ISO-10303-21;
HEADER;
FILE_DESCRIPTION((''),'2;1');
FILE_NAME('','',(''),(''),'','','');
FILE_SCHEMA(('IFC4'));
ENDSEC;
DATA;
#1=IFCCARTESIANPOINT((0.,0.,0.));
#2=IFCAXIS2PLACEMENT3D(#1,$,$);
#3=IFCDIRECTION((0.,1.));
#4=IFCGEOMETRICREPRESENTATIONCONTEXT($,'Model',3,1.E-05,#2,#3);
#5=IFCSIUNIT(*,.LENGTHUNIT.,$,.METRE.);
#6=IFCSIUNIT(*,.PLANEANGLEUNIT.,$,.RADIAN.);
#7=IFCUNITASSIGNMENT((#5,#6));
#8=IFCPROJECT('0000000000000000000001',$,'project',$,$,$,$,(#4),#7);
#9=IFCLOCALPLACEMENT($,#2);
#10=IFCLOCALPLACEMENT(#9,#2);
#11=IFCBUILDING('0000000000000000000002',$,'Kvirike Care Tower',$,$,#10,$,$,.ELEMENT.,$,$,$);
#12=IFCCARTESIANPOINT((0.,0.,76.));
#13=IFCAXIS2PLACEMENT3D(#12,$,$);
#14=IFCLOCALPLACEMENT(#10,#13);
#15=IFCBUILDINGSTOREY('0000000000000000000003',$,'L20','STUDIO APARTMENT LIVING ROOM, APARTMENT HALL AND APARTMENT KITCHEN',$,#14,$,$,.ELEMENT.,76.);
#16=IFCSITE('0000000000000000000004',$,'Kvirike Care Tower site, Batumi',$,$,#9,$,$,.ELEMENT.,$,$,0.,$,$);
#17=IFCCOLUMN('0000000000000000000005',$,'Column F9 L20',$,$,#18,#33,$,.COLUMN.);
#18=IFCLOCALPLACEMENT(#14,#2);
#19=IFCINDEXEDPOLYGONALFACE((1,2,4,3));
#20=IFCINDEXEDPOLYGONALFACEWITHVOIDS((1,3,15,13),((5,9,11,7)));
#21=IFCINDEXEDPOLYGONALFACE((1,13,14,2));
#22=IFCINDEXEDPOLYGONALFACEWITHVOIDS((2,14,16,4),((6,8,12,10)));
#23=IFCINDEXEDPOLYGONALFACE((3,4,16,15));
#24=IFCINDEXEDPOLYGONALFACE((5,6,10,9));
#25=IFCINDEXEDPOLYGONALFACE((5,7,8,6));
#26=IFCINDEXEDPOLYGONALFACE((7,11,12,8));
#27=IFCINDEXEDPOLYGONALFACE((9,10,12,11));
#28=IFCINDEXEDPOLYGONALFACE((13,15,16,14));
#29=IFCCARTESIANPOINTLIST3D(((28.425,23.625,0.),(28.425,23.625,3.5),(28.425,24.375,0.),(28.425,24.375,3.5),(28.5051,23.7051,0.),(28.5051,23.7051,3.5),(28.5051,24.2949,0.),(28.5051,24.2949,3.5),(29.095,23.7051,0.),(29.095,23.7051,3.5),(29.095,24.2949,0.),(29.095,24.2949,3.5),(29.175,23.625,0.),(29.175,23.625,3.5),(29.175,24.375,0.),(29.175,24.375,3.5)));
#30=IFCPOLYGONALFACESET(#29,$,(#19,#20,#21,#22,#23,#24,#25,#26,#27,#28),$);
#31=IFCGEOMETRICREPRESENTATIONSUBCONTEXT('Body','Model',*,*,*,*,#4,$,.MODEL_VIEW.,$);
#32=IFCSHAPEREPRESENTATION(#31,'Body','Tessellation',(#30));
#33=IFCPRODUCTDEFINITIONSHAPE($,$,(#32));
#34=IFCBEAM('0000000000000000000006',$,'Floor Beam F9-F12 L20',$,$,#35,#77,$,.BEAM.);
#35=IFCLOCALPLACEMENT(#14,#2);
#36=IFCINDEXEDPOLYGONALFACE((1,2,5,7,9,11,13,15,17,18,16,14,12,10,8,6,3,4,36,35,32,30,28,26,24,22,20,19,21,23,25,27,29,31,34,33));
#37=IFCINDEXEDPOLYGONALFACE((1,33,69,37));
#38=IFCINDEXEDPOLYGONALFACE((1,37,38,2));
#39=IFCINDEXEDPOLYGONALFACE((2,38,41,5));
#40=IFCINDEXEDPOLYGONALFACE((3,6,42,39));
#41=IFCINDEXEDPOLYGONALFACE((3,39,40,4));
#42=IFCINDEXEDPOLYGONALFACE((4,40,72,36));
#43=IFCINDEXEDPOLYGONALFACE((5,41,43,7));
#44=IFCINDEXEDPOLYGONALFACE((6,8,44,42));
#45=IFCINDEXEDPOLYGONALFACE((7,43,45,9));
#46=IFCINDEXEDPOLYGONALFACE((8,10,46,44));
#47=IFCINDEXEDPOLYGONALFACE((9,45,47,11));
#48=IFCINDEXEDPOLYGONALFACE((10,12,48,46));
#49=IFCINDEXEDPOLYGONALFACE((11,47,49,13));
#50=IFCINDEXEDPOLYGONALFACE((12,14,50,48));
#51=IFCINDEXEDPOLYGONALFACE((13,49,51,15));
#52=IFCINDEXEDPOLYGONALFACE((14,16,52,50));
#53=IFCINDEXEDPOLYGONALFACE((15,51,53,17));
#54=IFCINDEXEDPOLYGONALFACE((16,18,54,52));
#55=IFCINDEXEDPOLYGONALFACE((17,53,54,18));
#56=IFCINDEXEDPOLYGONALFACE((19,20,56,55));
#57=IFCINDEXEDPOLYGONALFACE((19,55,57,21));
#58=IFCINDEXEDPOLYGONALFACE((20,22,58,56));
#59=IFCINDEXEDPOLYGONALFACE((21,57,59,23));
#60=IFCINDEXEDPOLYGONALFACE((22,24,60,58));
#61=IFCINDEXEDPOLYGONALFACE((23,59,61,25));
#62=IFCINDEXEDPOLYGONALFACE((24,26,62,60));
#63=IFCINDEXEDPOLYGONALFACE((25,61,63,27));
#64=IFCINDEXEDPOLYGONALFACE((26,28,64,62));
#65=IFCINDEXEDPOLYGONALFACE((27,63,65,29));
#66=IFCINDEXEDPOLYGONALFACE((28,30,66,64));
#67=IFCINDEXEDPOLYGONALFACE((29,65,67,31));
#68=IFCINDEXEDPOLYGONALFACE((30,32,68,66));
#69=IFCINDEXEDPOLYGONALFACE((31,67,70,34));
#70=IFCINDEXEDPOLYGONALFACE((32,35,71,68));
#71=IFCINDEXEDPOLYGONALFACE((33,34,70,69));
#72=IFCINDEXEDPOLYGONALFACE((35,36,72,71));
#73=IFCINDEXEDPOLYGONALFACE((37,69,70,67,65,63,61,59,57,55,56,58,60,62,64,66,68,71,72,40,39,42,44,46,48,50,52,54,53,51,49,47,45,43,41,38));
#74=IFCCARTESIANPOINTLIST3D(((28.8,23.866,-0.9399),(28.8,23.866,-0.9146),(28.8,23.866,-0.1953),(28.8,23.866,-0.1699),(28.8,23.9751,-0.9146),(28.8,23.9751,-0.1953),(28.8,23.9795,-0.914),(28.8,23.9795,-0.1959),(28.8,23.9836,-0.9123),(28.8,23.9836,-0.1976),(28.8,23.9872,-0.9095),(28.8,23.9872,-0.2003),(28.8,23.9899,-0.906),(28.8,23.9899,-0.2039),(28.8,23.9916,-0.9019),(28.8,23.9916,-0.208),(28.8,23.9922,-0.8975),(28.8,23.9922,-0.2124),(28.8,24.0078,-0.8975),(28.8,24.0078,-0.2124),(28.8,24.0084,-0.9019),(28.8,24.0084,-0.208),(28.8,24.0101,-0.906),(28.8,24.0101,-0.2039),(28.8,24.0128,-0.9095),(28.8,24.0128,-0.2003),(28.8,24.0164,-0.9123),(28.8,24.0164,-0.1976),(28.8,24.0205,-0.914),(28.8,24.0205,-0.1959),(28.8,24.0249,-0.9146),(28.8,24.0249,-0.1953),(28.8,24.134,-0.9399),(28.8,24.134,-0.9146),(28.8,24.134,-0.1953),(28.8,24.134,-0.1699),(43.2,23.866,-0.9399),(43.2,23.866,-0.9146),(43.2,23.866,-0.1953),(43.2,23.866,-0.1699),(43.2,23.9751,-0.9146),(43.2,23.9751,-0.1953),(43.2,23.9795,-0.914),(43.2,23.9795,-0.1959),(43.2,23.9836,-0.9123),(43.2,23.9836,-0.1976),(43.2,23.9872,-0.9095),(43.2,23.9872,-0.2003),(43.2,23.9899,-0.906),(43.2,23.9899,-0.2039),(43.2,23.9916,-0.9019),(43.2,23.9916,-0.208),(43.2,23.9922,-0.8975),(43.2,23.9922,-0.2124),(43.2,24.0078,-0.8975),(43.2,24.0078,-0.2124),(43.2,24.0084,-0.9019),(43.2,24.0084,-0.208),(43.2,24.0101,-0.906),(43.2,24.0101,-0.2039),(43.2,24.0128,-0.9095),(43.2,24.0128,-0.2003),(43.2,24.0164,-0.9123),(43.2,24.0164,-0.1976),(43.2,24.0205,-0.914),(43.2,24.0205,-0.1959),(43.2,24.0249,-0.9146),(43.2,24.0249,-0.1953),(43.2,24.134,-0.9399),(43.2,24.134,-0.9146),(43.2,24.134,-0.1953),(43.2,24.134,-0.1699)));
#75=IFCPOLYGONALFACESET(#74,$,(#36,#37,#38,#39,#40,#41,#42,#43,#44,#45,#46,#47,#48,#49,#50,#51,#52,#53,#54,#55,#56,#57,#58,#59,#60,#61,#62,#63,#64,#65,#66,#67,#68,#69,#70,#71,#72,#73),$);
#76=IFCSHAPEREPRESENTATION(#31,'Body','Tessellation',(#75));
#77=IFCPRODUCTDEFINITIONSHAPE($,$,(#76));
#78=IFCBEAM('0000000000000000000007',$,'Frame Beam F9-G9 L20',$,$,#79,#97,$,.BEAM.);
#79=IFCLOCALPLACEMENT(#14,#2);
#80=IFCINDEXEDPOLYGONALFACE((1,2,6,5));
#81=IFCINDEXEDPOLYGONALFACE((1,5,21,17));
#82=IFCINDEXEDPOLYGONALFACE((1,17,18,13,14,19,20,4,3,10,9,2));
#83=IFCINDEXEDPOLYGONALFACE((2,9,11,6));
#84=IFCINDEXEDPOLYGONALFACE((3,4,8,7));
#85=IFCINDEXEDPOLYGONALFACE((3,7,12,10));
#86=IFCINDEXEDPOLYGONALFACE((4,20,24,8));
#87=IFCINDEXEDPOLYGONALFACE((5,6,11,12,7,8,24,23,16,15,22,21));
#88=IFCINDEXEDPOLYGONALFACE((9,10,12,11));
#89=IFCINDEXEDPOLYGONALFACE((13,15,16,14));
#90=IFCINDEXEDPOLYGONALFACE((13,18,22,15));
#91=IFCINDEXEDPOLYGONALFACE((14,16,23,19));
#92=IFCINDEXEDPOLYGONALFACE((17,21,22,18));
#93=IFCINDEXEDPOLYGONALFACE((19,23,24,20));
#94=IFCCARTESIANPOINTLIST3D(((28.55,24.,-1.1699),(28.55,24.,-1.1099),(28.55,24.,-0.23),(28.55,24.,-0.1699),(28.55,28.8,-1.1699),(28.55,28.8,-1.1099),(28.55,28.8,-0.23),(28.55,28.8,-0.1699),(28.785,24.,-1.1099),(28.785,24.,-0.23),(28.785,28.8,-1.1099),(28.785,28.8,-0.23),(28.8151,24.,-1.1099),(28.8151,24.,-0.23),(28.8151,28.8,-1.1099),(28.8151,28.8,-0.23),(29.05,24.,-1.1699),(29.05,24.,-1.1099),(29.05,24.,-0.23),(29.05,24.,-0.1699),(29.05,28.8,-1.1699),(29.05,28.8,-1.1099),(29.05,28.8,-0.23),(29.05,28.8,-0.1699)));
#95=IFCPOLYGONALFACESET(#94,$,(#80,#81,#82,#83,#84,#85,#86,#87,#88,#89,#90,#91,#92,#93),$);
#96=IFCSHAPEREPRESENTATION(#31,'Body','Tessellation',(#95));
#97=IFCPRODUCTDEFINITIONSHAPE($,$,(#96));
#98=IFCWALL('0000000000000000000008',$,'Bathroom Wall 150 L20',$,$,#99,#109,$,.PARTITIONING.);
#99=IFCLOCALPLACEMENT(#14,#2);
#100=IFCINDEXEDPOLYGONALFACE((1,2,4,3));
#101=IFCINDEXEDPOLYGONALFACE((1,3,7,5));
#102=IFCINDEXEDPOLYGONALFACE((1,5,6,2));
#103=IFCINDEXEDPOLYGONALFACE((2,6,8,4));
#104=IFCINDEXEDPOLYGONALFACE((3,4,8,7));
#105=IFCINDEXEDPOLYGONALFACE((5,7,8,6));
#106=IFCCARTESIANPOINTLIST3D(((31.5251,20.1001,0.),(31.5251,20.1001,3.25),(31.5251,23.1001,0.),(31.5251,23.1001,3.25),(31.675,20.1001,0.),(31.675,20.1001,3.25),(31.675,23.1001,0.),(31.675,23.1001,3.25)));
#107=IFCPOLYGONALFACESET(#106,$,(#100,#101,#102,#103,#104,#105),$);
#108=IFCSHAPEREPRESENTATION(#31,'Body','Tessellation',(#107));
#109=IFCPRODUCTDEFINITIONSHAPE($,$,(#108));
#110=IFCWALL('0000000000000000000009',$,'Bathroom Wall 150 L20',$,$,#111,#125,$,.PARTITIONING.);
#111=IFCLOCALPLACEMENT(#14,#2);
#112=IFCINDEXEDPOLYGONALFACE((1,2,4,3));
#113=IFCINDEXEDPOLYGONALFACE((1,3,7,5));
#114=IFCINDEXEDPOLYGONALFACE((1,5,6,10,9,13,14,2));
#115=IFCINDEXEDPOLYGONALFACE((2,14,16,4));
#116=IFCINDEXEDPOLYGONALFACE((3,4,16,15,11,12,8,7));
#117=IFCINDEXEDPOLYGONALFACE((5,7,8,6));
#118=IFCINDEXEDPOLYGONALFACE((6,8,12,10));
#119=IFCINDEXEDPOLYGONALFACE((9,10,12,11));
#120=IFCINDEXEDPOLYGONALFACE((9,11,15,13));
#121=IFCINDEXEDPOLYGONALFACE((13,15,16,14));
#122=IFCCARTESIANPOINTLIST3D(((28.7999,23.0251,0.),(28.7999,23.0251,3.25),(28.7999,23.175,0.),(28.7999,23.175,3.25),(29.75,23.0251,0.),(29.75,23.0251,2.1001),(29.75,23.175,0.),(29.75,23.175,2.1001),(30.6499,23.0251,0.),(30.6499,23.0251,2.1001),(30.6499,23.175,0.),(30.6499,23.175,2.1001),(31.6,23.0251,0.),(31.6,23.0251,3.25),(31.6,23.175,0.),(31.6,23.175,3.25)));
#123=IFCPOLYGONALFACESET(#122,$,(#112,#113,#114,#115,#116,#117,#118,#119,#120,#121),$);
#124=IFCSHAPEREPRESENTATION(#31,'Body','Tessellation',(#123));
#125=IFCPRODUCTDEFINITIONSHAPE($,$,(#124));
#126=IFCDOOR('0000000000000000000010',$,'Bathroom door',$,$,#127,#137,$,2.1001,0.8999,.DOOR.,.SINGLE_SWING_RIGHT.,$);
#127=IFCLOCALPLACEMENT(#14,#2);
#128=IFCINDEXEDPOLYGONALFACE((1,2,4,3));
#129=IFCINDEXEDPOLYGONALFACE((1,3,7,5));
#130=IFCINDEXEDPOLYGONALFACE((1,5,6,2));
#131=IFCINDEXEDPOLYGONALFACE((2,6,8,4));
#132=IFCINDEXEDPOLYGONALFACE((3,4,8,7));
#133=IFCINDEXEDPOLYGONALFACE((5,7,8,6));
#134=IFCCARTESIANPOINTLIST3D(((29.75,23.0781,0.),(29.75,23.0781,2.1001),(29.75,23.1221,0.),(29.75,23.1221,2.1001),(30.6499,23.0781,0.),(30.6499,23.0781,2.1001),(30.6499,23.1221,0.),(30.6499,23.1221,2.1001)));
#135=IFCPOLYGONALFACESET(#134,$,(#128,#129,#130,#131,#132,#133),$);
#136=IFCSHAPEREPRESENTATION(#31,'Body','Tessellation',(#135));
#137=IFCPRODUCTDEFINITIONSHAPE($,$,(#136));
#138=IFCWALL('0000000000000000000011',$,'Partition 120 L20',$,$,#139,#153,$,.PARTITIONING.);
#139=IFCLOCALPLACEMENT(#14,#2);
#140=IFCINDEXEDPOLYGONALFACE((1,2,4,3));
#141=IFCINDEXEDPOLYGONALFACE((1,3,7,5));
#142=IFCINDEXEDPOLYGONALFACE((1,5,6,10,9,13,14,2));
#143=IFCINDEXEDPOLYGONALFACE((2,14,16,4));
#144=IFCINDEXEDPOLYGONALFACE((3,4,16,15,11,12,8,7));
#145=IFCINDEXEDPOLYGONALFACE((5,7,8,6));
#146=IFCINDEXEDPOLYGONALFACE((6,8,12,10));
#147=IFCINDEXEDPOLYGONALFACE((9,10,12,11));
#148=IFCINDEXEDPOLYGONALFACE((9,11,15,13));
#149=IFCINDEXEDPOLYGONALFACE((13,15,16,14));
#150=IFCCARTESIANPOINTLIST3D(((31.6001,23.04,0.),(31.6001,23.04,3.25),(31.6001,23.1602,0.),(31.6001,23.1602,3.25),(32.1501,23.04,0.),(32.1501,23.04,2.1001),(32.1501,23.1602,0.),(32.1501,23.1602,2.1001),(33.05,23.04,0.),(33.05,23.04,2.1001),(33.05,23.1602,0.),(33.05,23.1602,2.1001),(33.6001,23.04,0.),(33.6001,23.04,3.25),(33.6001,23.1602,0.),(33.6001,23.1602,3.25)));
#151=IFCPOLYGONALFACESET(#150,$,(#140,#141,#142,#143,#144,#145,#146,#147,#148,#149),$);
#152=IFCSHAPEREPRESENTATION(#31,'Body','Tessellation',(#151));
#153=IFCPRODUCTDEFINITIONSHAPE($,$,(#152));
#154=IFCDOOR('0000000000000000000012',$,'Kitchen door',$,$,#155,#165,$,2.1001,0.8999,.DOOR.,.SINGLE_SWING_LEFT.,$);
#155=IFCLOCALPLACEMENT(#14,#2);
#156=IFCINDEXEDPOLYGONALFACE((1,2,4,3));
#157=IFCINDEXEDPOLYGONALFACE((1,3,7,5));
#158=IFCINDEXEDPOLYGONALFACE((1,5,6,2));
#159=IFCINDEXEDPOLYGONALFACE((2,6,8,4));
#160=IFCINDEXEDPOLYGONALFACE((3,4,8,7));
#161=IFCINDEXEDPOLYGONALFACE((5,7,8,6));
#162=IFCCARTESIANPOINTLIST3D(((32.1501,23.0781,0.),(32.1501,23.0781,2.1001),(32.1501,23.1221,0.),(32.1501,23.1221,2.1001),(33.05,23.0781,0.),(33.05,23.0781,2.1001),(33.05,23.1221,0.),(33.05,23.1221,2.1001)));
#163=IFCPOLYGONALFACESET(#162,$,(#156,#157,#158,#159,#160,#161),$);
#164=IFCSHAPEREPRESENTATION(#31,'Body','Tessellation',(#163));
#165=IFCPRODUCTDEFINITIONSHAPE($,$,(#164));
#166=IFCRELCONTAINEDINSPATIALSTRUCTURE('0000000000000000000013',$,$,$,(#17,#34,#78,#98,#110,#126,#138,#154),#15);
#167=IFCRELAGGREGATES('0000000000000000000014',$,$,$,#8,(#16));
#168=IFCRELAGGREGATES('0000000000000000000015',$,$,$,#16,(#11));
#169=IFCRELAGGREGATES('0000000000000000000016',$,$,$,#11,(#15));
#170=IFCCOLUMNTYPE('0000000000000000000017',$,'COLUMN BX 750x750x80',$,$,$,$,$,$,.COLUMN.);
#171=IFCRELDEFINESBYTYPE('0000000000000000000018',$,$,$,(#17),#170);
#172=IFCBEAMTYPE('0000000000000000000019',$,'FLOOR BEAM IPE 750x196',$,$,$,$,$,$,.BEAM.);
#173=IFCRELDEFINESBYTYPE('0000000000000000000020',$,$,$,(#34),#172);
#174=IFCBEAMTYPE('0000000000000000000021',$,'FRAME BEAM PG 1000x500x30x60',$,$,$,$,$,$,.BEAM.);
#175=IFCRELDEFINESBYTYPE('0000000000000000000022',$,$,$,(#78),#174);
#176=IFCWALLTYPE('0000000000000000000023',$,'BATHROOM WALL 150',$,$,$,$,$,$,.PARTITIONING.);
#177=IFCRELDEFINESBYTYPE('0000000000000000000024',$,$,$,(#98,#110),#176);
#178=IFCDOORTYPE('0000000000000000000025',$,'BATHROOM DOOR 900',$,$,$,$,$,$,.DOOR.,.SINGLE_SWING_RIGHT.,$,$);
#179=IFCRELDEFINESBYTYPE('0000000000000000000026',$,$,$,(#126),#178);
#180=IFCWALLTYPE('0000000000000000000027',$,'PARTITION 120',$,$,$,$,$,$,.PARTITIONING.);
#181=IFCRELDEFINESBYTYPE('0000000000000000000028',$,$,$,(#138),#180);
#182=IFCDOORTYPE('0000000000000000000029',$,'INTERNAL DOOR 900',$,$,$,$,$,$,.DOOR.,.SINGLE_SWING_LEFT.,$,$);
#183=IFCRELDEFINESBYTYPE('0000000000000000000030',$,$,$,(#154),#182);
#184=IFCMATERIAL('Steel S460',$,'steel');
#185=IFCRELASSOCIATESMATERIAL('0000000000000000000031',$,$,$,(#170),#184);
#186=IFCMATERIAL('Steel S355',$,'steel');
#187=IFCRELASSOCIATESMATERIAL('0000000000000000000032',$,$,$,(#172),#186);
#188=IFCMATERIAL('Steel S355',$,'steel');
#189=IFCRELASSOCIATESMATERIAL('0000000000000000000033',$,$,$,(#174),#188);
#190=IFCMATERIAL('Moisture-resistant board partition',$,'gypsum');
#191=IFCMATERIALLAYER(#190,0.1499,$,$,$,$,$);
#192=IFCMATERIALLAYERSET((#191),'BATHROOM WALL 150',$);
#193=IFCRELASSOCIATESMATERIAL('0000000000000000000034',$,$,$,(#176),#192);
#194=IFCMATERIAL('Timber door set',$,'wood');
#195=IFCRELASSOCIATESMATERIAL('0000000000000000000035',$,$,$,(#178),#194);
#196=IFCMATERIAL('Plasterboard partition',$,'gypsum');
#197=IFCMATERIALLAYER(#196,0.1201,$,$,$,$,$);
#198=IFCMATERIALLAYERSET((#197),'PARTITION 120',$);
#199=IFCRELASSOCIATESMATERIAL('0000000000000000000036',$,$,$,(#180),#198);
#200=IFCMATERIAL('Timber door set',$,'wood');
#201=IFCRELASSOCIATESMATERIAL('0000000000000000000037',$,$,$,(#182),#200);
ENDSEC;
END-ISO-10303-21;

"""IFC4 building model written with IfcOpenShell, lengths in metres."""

from ifc_helpers import new_model, si_unit, direction, frame, frame_2d, origin, origin_2d, place, context, subcontext, project, spatial, rectangle, hollow_rectangle, i_section, extrude, material, layer, layer_set, material_profile, profile_set, type_object, element, fill, save


model = new_model("IFC4")

# Units and contexts
model_context = context("Model", 3, precision=1e-05, world=origin(), true_north=direction((0.0, 1.0)))
body_context = subcontext(model_context, "Body", "Model", "MODEL_VIEW")
ifc_project = project(units=[si_unit("LENGTHUNIT", "METRE"), si_unit("PLANEANGLEUNIT", "RADIAN")], contexts=[model_context])

# Site, building, storey
site_placement = place(None, origin())
site = spatial("IfcSite", under=ifc_project, at=site_placement, Name="Kvirike Care Tower site, Batumi", CompositionType="ELEMENT", RefElevation=0.0)
building_placement = place(site_placement, origin())
building = spatial("IfcBuilding", under=site, at=building_placement, Name="Kvirike Care Tower", CompositionType="ELEMENT")
storey_placement = place(building_placement, frame((0.0, 0.0, 76.0)))
storey = spatial("IfcBuildingStorey", under=building, at=storey_placement, Name="L20", Description="STUDIO APARTMENT LIVING ROOM, APARTMENT HALL AND APARTMENT KITCHEN", CompositionType="ELEMENT", Elevation=76.0)

# Column
ifc_material_1 = material(Name="Steel S460", Category="steel")
ifc_material_profile_1 = material_profile(ifc_material_1, hollow_rectangle(XDim=0.75, YDim=0.75, WallThickness=0.0801, at=origin_2d()), Name="BX 750x750x80")
ifc_profile_set_1 = profile_set([ifc_material_profile_1], Name="Steel S460")
column_type = type_object("IfcColumnType", Name="COLUMN BX 750x750x80", PredefinedType="COLUMN", material=ifc_profile_set_1)
column_placement = place(storey_placement, frame((28.8, 24.0, 0.0), z_axis=(0.0, 0.0, 1.0), x_axis=(1.0, 0.0, 0.0)))
element("IfcColumn", 1, at=column_placement, inside=storey, type_object=column_type, Name="Column F9 L20", PredefinedType="COLUMN", context=body_context, shape_type="SweptSolid", body=[
    extrude(hollow_rectangle(XDim=0.75, YDim=0.75, WallThickness=0.0801, at=origin_2d()), origin(), (0.0, 0.0, 1.0), 3.5),
])

# Beams
ifc_material_2 = material(Name="Steel S355", Category="steel")
ifc_material_profile_2 = material_profile(ifc_material_2, i_section(OverallWidth=0.2681, OverallDepth=0.77, WebThickness=0.0156, FlangeThickness=0.0254, FilletRadius=0.0171, at=origin_2d()), Name="IPE 750x196")
ifc_profile_set_2 = profile_set([ifc_material_profile_2], Name="Steel S355")
beam_type_1 = type_object("IfcBeamType", Name="FLOOR BEAM IPE 750x196", PredefinedType="BEAM", material=ifc_profile_set_2)
beam_1_placement = place(storey_placement, frame((28.8, 24.0, -0.5549), z_axis=(1.0, 0.0, 0.0), x_axis=(0.0, 1.0, 0.0)))
element("IfcBeam", 2, at=beam_1_placement, inside=storey, type_object=beam_type_1, Name="Floor Beam F9-F12 L20", PredefinedType="BEAM", context=body_context, shape_type="SweptSolid", body=[
    extrude(i_section(OverallWidth=0.2681, OverallDepth=0.77, WebThickness=0.0156, FlangeThickness=0.0254, FilletRadius=0.0171, at=origin_2d()), origin(), (0.0, 0.0, 1.0), 14.3999),
])
ifc_material_3 = material(Name="Steel S355", Category="steel")
ifc_material_profile_3 = material_profile(ifc_material_3, i_section(OverallWidth=0.5, OverallDepth=1.0, WebThickness=0.03, FlangeThickness=0.0601, at=origin_2d()), Name="PG 1000x500x30x60")
ifc_profile_set_3 = profile_set([ifc_material_profile_3], Name="Steel S355")
beam_type_2 = type_object("IfcBeamType", Name="FRAME BEAM PG 1000x500x30x60", PredefinedType="BEAM", material=ifc_profile_set_3)
beam_2_placement = place(storey_placement, frame((28.8, 24.0, -0.6699), z_axis=(0.0, 1.0, 0.0), x_axis=(-1.0, 0.0, 0.0)))
element("IfcBeam", 3, at=beam_2_placement, inside=storey, type_object=beam_type_2, Name="Frame Beam F9-G9 L20", PredefinedType="BEAM", context=body_context, shape_type="SweptSolid", body=[
    extrude(i_section(OverallWidth=0.5, OverallDepth=1.0, WebThickness=0.03, FlangeThickness=0.0601, at=origin_2d()), origin(), (0.0, 0.0, 1.0), 4.8),
])

# Wall
ifc_material_4 = material(Name="Moisture-resistant board partition", Category="gypsum")
ifc_layer_1 = layer(ifc_material_4, 0.1499)
ifc_layer_set_1 = layer_set([ifc_layer_1], Name="BATHROOM WALL 150")
wall_type_1 = type_object("IfcWallType", Name="BATHROOM WALL 150", PredefinedType="PARTITIONING", material=ifc_layer_set_1)
wall_1_placement = place(storey_placement, frame((31.6001, 20.1001, 0.0), z_axis=(0.0, 0.0, 1.0), x_axis=(0.0, 1.0, 0.0)))
element("IfcWall", 4, at=wall_1_placement, inside=storey, type_object=wall_type_1, Name="Bathroom Wall 150 L20", PredefinedType="PARTITIONING", context=body_context, shape_type="SweptSolid", body=[
    extrude(rectangle(XDim=3.0, YDim=0.1499, at=frame_2d((1.5, 0.0))), origin(), (0.0, 0.0, 1.0), 3.25),
])

# Walls, openings, doors
wall_2_placement = place(storey_placement, frame((28.8, 23.1001, 0.0), z_axis=(0.0, 0.0, 1.0), x_axis=(1.0, 0.0, 0.0)))
wall_2 = element("IfcWall", 5, at=wall_2_placement, inside=storey, type_object=wall_type_1, Name="Bathroom Wall 150 L20", PredefinedType="PARTITIONING", context=body_context, shape_type="SweptSolid", body=[
    extrude(rectangle(XDim=2.8, YDim=0.1499, at=frame_2d((1.3999, 0.0))), origin(), (0.0, 0.0, 1.0), 3.25),
])
opening_1_placement = place(wall_2_placement, frame((0.95, 0.0, 0.0)))
opening_1 = element("IfcOpeningElement", 6, at=opening_1_placement, cuts=wall_2, PredefinedType="OPENING", context=body_context, shape_type="SweptSolid", body=[
    extrude(rectangle(XDim=0.8999, YDim=2.1001, at=frame_2d((0.45, 1.05))), frame((0.0, 0.0854, 0.0), z_axis=(0.0, -1.0, 0.0), x_axis=(1.0, 0.0, 0.0)), (0.0, 0.0, 1.0), 0.1709),
])
ifc_material_5 = material(Name="Timber door set", Category="wood")
door_type_1 = type_object("IfcDoorType", Name="BATHROOM DOOR 900", OperationType="SINGLE_SWING_RIGHT", PredefinedType="DOOR", material=ifc_material_5)
door_1_placement = place(opening_1_placement, frame((0.8999, 0.0, 0.0), z_axis=(0.0, 0.0, 1.0), x_axis=(-1.0, 0.0, 0.0)))
door_1 = element("IfcDoor", 7, at=door_1_placement, inside=storey, type_object=door_type_1, Name="Bathroom door", OperationType="SINGLE_SWING_RIGHT", OverallHeight=2.1001, OverallWidth=0.8999, PredefinedType="DOOR", context=body_context, shape_type="SweptSolid", body=[
    extrude(rectangle(XDim=0.8999, YDim=2.1001, at=frame_2d((0.45, 1.05))), frame((0.0, 0.022, 0.0), z_axis=(0.0, -1.0, 0.0), x_axis=(1.0, 0.0, 0.0)), (0.0, 0.0, 1.0), 0.0439),
])
fill(opening_1, door_1)
ifc_material_6 = material(Name="Plasterboard partition", Category="gypsum")
ifc_layer_2 = layer(ifc_material_6, 0.1201)
ifc_layer_set_2 = layer_set([ifc_layer_2], Name="PARTITION 120")
wall_type_2 = type_object("IfcWallType", Name="PARTITION 120", PredefinedType="PARTITIONING", material=ifc_layer_set_2)
wall_3_placement = place(storey_placement, frame((31.6001, 23.1001, 0.0), z_axis=(0.0, 0.0, 1.0), x_axis=(1.0, 0.0, 0.0)))
wall_3 = element("IfcWall", 8, at=wall_3_placement, inside=storey, type_object=wall_type_2, Name="Partition 120 L20", PredefinedType="PARTITIONING", context=body_context, shape_type="SweptSolid", body=[
    extrude(rectangle(XDim=2.0, YDim=0.1201, at=frame_2d((1.0, 0.0))), origin(), (0.0, 0.0, 1.0), 3.25),
])
opening_2_placement = place(wall_3_placement, frame((0.55, 0.0, 0.0)))
opening_2 = element("IfcOpeningElement", 9, at=opening_2_placement, cuts=wall_3, PredefinedType="OPENING", context=body_context, shape_type="SweptSolid", body=[
    extrude(rectangle(XDim=0.8999, YDim=2.1001, at=frame_2d((0.45, 1.05))), frame((0.0, 0.0706, 0.0), z_axis=(0.0, -1.0, 0.0), x_axis=(1.0, 0.0, 0.0)), (0.0, 0.0, 1.0), 0.1411),
])
ifc_material_7 = material(Name="Timber door set", Category="wood")
door_type_2 = type_object("IfcDoorType", Name="INTERNAL DOOR 900", OperationType="SINGLE_SWING_LEFT", PredefinedType="DOOR", material=ifc_material_7)
door_2_placement = place(opening_2_placement, frame((0.8999, 0.0, 0.0), z_axis=(0.0, 0.0, 1.0), x_axis=(-1.0, 0.0, 0.0)))
door_2 = element("IfcDoor", 10, at=door_2_placement, inside=storey, type_object=door_type_2, Name="Kitchen door", OperationType="SINGLE_SWING_LEFT", OverallHeight=2.1001, OverallWidth=0.8999, PredefinedType="DOOR", context=body_context, shape_type="SweptSolid", body=[
    extrude(rectangle(XDim=0.8999, YDim=2.1001, at=frame_2d((0.45, 1.05))), frame((0.0, 0.022, 0.0), z_axis=(0.0, -1.0, 0.0), x_axis=(1.0, 0.0, 0.0)), (0.0, 0.0, 1.0), 0.0439),
])
fill(opening_2, door_2)

save(model, "model.ifc")
